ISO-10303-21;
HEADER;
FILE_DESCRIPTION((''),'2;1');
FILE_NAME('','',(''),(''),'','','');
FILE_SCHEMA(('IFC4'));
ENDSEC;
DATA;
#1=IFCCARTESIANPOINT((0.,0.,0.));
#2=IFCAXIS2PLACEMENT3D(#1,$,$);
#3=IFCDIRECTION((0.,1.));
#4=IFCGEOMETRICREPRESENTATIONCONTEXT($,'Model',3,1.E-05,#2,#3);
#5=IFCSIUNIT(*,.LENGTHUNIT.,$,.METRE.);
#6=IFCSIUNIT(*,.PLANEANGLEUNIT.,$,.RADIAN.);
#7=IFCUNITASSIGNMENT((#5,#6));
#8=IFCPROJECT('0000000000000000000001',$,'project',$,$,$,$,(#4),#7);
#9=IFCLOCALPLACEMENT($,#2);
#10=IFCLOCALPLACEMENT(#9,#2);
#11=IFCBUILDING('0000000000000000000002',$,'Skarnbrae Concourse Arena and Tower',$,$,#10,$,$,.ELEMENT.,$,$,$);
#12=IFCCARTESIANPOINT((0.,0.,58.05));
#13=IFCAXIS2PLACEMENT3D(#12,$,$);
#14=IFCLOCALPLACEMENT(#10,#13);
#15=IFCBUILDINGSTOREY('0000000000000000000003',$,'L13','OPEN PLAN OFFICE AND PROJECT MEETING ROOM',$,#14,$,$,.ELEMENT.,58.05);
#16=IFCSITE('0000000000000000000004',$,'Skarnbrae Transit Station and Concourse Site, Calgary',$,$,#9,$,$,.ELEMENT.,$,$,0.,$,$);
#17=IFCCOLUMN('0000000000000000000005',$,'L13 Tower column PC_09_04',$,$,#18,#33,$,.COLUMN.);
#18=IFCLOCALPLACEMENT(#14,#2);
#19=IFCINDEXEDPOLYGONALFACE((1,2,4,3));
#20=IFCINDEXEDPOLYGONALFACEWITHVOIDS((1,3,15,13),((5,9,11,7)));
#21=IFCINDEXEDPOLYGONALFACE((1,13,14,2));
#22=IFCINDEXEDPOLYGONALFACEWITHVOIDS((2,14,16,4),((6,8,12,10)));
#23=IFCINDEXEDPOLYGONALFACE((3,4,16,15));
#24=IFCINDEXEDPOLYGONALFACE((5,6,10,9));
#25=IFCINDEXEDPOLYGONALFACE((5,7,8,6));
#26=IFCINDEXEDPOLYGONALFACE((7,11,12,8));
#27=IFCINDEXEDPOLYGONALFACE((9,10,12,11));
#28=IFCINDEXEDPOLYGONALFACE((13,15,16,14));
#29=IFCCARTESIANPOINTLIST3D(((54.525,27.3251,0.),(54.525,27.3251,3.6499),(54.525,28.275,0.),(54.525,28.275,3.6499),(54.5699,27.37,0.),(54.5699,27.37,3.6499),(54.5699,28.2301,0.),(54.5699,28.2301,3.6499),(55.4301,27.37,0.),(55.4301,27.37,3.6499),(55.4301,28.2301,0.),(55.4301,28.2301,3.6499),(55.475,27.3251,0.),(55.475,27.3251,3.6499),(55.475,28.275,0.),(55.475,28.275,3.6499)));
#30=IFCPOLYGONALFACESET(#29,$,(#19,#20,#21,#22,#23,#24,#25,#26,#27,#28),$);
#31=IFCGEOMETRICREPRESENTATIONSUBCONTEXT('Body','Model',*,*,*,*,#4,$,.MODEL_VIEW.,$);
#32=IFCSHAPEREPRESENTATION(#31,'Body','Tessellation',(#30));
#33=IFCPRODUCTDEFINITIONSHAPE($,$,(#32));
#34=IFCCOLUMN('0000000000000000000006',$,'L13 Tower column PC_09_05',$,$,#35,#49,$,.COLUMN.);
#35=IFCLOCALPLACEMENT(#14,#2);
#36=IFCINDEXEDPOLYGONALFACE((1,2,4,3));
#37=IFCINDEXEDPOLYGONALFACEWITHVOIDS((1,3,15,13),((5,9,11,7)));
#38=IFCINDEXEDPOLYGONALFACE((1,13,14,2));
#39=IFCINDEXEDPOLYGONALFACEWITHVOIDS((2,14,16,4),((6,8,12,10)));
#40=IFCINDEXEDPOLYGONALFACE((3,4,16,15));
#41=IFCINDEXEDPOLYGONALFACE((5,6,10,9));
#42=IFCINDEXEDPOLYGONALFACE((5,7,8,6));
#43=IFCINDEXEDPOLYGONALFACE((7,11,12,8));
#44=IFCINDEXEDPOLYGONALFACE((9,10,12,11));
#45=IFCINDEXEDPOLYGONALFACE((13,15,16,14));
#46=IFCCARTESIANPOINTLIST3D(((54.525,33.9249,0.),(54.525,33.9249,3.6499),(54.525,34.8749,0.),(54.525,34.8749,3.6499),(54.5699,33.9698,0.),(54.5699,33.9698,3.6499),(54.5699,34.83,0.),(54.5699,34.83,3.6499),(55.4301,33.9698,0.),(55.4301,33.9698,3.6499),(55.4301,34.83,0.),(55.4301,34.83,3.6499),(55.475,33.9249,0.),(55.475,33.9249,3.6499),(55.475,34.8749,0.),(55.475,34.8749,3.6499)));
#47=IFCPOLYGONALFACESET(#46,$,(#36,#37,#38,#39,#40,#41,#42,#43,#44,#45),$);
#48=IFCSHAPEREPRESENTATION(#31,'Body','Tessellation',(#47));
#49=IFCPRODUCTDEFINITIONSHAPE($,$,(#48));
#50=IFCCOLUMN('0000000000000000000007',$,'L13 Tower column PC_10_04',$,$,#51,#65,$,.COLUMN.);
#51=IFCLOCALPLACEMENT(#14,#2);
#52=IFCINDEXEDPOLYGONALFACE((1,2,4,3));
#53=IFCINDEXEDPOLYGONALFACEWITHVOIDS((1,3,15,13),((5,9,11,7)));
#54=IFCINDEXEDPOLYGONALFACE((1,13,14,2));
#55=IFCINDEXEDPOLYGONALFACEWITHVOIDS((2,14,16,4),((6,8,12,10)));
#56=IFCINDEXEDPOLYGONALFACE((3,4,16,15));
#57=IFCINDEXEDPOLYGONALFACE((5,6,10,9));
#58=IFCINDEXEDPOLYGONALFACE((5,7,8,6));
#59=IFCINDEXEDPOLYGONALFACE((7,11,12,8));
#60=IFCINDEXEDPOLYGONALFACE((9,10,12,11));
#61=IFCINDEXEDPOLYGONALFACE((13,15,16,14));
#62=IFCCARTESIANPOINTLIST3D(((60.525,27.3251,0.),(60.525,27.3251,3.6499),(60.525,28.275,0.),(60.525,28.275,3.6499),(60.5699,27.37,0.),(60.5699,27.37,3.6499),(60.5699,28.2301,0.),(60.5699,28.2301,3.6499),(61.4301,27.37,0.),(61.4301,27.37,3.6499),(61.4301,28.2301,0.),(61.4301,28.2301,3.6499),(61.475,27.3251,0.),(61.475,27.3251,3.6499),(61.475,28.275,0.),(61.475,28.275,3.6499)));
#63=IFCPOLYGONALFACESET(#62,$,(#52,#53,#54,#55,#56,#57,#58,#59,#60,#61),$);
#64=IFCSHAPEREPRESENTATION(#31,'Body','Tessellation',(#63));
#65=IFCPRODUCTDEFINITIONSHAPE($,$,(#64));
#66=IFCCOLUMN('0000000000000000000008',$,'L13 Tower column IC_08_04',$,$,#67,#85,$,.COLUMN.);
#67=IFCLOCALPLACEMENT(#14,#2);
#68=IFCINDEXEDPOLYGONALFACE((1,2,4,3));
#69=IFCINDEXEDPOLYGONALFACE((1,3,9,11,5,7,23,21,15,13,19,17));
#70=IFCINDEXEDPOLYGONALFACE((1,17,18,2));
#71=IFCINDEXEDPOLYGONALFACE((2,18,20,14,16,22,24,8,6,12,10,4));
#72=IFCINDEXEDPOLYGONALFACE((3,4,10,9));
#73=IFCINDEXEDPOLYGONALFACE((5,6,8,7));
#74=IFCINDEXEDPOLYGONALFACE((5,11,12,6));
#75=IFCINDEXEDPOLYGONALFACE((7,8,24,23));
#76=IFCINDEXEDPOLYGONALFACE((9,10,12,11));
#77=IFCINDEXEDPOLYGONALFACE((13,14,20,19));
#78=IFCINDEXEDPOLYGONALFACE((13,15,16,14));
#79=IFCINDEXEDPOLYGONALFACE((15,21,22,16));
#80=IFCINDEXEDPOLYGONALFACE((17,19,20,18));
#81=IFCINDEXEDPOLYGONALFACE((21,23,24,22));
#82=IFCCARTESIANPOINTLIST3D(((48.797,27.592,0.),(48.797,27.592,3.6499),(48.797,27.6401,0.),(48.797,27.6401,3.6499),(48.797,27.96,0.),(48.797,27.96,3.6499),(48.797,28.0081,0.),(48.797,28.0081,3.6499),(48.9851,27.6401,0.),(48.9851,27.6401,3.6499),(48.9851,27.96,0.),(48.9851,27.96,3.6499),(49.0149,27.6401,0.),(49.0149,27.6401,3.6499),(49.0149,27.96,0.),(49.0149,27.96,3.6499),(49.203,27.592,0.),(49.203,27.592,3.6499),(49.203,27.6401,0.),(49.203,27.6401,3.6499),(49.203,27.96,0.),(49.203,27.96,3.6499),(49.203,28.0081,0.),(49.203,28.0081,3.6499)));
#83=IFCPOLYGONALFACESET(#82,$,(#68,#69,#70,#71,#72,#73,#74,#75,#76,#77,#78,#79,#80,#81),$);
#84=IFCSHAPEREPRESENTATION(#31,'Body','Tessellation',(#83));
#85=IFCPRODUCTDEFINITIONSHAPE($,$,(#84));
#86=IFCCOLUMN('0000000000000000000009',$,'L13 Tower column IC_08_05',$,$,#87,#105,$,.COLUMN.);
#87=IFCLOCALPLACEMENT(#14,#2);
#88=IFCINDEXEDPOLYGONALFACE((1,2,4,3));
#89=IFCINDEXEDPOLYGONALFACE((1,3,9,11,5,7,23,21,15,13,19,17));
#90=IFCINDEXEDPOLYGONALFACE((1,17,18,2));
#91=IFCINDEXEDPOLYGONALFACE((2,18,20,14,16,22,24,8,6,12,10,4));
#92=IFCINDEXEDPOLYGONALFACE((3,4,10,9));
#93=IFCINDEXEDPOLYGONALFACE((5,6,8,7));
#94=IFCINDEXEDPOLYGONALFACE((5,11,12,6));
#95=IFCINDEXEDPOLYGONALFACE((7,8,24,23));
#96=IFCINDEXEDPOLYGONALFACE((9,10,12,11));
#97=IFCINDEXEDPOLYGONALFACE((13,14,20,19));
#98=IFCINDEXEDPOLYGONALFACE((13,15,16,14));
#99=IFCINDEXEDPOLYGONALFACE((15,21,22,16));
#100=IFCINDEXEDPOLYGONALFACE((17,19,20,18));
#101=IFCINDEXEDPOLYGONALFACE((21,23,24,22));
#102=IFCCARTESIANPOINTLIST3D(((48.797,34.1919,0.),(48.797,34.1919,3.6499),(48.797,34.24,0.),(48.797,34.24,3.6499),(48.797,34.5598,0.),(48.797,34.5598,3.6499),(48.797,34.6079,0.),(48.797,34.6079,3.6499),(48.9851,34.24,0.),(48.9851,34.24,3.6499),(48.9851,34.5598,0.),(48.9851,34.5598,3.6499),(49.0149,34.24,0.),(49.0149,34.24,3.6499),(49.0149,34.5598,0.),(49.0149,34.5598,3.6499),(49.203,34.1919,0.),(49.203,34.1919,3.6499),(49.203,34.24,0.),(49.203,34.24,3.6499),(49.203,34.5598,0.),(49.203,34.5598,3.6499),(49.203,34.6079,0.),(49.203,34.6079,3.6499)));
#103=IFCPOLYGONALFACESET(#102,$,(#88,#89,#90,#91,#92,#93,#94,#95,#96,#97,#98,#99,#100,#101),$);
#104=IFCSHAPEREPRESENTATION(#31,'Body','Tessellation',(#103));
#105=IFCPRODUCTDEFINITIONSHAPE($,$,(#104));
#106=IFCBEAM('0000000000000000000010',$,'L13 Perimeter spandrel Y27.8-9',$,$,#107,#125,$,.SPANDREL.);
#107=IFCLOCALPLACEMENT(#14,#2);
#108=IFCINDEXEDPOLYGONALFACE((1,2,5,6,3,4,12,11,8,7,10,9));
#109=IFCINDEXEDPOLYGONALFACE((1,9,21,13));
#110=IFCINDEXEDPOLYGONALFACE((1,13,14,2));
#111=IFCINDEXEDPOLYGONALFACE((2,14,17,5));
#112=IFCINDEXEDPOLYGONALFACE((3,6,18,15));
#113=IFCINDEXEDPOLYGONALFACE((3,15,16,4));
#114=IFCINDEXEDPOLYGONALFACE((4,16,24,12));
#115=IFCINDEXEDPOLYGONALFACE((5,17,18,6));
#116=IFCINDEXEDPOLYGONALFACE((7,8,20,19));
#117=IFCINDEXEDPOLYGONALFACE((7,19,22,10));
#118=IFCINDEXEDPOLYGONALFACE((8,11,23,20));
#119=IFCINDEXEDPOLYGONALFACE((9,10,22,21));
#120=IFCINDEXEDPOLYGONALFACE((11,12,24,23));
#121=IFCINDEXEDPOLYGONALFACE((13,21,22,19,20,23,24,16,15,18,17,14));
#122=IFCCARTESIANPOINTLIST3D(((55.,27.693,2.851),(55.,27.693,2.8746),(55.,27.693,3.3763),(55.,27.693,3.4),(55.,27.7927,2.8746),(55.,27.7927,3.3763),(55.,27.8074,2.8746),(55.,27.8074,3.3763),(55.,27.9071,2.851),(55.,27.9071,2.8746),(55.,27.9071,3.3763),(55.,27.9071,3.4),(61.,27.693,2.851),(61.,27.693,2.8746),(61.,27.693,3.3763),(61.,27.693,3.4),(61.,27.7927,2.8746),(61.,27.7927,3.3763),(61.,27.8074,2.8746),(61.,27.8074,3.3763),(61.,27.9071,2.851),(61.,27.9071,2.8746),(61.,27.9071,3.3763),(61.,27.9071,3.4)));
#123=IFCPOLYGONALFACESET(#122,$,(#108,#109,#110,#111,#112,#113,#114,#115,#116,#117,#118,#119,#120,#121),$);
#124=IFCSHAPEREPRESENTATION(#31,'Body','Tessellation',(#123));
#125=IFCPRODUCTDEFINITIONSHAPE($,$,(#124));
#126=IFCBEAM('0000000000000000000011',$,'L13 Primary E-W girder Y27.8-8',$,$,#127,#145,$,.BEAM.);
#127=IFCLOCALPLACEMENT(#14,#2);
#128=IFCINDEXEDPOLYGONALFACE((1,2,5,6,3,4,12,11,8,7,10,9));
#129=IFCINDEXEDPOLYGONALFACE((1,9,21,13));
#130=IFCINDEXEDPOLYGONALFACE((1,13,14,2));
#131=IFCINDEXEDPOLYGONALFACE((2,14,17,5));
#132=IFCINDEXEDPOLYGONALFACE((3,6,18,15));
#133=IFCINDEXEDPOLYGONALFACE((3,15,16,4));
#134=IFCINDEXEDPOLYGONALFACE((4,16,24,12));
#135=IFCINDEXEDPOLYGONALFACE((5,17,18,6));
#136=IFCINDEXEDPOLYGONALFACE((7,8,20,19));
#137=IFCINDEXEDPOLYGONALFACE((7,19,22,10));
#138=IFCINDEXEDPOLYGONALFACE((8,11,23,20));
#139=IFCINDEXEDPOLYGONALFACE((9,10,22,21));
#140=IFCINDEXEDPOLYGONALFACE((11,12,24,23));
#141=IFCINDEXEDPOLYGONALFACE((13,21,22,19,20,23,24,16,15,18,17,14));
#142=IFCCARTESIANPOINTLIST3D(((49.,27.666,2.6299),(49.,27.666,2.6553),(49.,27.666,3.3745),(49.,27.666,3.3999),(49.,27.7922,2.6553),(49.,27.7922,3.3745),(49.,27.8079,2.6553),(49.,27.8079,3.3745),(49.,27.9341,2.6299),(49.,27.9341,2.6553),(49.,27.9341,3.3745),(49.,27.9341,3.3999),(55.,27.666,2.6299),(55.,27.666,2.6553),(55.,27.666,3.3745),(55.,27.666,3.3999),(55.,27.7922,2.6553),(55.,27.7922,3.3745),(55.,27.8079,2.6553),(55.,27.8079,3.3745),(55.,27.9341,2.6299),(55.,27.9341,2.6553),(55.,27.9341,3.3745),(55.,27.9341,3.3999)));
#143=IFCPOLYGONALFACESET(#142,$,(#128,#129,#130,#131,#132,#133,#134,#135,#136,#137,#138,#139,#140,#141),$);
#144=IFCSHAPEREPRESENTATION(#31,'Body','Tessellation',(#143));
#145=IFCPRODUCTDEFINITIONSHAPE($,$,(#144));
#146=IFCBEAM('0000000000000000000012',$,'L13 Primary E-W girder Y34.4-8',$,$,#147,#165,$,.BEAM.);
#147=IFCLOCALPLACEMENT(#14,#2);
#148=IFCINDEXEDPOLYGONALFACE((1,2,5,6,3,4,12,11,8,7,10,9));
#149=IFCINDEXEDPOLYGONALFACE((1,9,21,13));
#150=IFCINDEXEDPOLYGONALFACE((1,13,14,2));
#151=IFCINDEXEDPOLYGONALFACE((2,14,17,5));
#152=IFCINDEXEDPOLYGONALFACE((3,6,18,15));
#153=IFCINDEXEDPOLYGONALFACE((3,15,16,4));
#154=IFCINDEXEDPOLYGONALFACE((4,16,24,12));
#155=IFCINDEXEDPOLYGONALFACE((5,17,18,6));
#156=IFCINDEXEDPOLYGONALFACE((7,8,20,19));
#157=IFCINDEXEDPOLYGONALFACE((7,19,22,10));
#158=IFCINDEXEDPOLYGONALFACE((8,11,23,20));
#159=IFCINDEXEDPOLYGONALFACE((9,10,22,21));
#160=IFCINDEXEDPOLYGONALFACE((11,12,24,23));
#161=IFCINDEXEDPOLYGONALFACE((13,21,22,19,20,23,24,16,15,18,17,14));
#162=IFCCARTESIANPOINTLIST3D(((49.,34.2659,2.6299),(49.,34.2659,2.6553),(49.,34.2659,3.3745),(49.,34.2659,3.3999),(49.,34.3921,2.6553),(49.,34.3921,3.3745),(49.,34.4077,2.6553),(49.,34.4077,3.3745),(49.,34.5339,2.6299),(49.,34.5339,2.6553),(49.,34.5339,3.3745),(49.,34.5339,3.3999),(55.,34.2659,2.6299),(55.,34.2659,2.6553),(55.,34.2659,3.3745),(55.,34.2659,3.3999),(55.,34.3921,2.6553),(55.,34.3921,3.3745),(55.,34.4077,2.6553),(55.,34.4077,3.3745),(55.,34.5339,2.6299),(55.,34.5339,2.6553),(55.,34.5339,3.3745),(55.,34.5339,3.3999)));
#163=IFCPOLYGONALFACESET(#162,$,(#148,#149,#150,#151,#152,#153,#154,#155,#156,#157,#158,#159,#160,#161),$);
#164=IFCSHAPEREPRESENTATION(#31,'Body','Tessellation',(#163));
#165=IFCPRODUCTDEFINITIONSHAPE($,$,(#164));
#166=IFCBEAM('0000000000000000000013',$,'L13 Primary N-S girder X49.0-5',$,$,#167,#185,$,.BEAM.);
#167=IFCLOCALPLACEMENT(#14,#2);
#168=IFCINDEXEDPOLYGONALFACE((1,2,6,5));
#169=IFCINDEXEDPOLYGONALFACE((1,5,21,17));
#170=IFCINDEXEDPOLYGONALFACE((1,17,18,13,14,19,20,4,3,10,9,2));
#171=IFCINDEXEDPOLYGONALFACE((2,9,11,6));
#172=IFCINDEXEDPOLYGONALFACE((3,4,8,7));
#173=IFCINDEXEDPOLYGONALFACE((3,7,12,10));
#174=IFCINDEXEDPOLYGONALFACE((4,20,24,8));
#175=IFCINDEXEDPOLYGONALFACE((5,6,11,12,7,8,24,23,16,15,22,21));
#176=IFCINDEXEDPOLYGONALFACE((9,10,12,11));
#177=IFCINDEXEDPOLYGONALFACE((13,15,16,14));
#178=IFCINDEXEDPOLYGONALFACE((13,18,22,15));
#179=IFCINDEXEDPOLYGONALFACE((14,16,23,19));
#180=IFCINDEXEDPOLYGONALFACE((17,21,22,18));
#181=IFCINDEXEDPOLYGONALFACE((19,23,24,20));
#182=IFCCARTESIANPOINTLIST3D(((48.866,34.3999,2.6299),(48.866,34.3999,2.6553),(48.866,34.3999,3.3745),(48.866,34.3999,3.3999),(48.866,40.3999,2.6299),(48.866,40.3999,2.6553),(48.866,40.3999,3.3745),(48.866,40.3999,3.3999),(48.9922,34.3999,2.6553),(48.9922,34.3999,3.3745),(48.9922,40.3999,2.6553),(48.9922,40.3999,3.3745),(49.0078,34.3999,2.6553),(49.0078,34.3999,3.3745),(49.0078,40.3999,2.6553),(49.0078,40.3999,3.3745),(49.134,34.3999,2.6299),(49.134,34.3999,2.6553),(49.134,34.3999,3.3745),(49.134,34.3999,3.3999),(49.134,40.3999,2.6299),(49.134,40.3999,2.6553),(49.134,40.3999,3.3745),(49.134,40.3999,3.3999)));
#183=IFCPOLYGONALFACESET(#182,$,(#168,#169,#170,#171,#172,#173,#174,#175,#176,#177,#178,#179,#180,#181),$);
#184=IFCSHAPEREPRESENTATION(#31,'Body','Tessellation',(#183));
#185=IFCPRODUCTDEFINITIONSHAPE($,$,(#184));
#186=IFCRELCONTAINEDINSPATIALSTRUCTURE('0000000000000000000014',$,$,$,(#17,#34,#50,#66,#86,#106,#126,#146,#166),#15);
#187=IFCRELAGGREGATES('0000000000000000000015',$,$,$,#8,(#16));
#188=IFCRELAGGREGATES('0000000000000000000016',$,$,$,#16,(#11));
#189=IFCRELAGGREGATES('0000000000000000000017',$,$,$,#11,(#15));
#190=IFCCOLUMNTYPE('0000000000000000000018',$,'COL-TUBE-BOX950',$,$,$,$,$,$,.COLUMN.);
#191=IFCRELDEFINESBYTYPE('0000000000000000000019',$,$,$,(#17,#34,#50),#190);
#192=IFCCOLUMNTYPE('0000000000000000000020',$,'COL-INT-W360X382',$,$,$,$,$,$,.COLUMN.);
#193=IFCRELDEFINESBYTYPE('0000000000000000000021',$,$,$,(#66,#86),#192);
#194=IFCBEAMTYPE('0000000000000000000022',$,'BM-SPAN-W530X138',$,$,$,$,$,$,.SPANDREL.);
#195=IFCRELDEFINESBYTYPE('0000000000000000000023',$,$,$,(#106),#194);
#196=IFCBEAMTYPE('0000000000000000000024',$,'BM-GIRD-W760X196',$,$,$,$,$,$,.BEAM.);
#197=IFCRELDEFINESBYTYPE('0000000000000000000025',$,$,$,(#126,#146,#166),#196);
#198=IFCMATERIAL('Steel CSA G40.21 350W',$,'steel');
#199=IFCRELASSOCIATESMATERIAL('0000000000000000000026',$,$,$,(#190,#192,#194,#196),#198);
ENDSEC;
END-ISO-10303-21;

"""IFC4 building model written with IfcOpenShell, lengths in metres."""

from ifc_helpers import new_model, si_unit, direction, frame, origin, origin_2d, place, context, subcontext, project, spatial, hollow_rectangle, i_section, extrude, source, transform, mapped, material, material_profile, profile_set, type_object, element, save


model = new_model("IFC4")

# Units and contexts
model_context = context("Model", 3, precision=1e-05, world=origin(), true_north=direction((0.0, 1.0)))
body_context = subcontext(model_context, "Body", "Model", "MODEL_VIEW")
ifc_project = project(units=[si_unit("LENGTHUNIT", "METRE"), si_unit("PLANEANGLEUNIT", "RADIAN")], contexts=[model_context])

# Site, building, storey
site_placement = place(None, origin())
site = spatial("IfcSite", under=ifc_project, at=site_placement, Name="Skarnbrae Transit Station and Concourse Site, Calgary", CompositionType="ELEMENT", RefElevation=0.0)
building_placement = place(site_placement, origin())
building = spatial("IfcBuilding", under=site, at=building_placement, Name="Skarnbrae Concourse Arena and Tower", CompositionType="ELEMENT")
storey_placement = place(building_placement, frame((0.0, 0.0, 58.05)))
storey = spatial("IfcBuildingStorey", under=building, at=storey_placement, Name="L13", Description="OPEN PLAN OFFICE AND PROJECT MEETING ROOM", CompositionType="ELEMENT", Elevation=58.05)

# Columns
ifc_material_1 = material(Name="Steel CSA G40.21 350W", Category="steel")
ifc_material_profile_1 = material_profile(ifc_material_1, hollow_rectangle(XDim=0.95, YDim=0.95, WallThickness=0.0449, at=origin_2d()), Name="BOX950X950X45")
ifc_profile_set_1 = profile_set([ifc_material_profile_1], Name="Steel CSA G40.21 350W")
column_type_1 = type_object("IfcColumnType", Name="COL-TUBE-BOX950", PredefinedType="COLUMN", material=ifc_profile_set_1)
shared_shape_1 = source(origin(), body_context, "Body", "SweptSolid", [
    extrude(hollow_rectangle(XDim=0.95, YDim=0.95, WallThickness=0.0449, at=origin_2d()), origin(), (0.0, 0.0, 1.0), 3.6499),
])
for number, where, z_axis, x_axis, name in (
    (1, (55.0, 27.8, 0.0), (0.0, 0.0, 1.0), (1.0, 0.0, 0.0), "L13 Tower column PC_09_04"),
    (2, (55.0, 34.3999, 0.0), (0.0, 0.0, 1.0), (1.0, 0.0, 0.0), "L13 Tower column PC_09_05"),
    (3, (61.0, 27.8, 0.0), (0.0, 0.0, 1.0), (1.0, 0.0, 0.0), "L13 Tower column PC_10_04"),
):
    element("IfcColumn", number, at=place(storey_placement, frame(where, z_axis=z_axis, x_axis=x_axis)), inside=storey, type_object=column_type_1, Name=name, PredefinedType="COLUMN", context=body_context, shape_type="MappedRepresentation", body=[
        mapped(shared_shape_1, transform((0.0, 0.0, 0.0))),
    ])
ifc_material_profile_2 = material_profile(ifc_material_1, i_section(OverallWidth=0.406, OverallDepth=0.416, WebThickness=0.0298, FlangeThickness=0.0481, at=origin_2d()), Name="W360X382")
ifc_profile_set_2 = profile_set([ifc_material_profile_2], Name="Steel CSA G40.21 350W")
column_type_2 = type_object("IfcColumnType", Name="COL-INT-W360X382", PredefinedType="COLUMN", material=ifc_profile_set_2)
shared_shape_2 = source(origin(), body_context, "Body", "SweptSolid", [
    extrude(i_section(OverallWidth=0.406, OverallDepth=0.416, WebThickness=0.0298, FlangeThickness=0.0481, at=origin_2d()), origin(), (0.0, 0.0, 1.0), 3.6499),
])
for number, where, z_axis, x_axis, name in (
    (4, (49.0, 27.8, 0.0), (0.0, 0.0, 1.0), (1.0, 0.0, 0.0), "L13 Tower column IC_08_04"),
    (5, (49.0, 34.3999, 0.0), (0.0, 0.0, 1.0), (1.0, 0.0, 0.0), "L13 Tower column IC_08_05"),
):
    element("IfcColumn", number, at=place(storey_placement, frame(where, z_axis=z_axis, x_axis=x_axis)), inside=storey, type_object=column_type_2, Name=name, PredefinedType="COLUMN", context=body_context, shape_type="MappedRepresentation", body=[
        mapped(shared_shape_2, transform((0.0, 0.0, 0.0))),
    ])

# Beams
ifc_material_profile_3 = material_profile(ifc_material_1, i_section(OverallWidth=0.2141, OverallDepth=0.5491, WebThickness=0.0146, FlangeThickness=0.0237, at=origin_2d()), Name="W530X138")
ifc_profile_set_3 = profile_set([ifc_material_profile_3], Name="Steel CSA G40.21 350W")
beam_type_1 = type_object("IfcBeamType", Name="BM-SPAN-W530X138", PredefinedType="SPANDREL", material=ifc_profile_set_3)
shared_shape_3 = source(origin(), body_context, "Body", "SweptSolid", [
    extrude(i_section(OverallWidth=0.2141, OverallDepth=0.5491, WebThickness=0.0146, FlangeThickness=0.0237, at=origin_2d()), origin(), (0.0, 0.0, 1.0), 6.0),
])
beam_1_placement = place(storey_placement, frame((55.0, 27.8, 3.1255), z_axis=(1.0, 0.0, 0.0), x_axis=(0.0, 1.0, 0.0)))
element("IfcBeam", 6, at=beam_1_placement, inside=storey, type_object=beam_type_1, Name="L13 Perimeter spandrel Y27.8-9", PredefinedType="SPANDREL", context=body_context, shape_type="MappedRepresentation", body=[
    mapped(shared_shape_3, transform((0.0, 0.0, 0.0))),
])
ifc_material_profile_4 = material_profile(ifc_material_1, i_section(OverallWidth=0.2681, OverallDepth=0.77, WebThickness=0.0156, FlangeThickness=0.0254, at=origin_2d()), Name="W760X196")
ifc_profile_set_4 = profile_set([ifc_material_profile_4], Name="Steel CSA G40.21 350W")
beam_type_2 = type_object("IfcBeamType", Name="BM-GIRD-W760X196", PredefinedType="BEAM", material=ifc_profile_set_4)
shared_shape_4 = source(origin(), body_context, "Body", "SweptSolid", [
    extrude(i_section(OverallWidth=0.2681, OverallDepth=0.77, WebThickness=0.0156, FlangeThickness=0.0254, at=origin_2d()), origin(), (0.0, 0.0, 1.0), 6.0),
])
for number, where, z_axis, x_axis, name in (
    (7, (49.0, 27.8, 3.0149), (1.0, 0.0, 0.0), (0.0, 1.0, 0.0), "L13 Primary E-W girder Y27.8-8"),
    (8, (49.0, 34.3999, 3.0149), (1.0, 0.0, 0.0), (0.0, 1.0, 0.0), "L13 Primary E-W girder Y34.4-8"),
    (9, (49.0, 34.3999, 3.0149), (0.0, 1.0, 0.0), (-1.0, 0.0, 0.0), "L13 Primary N-S girder X49.0-5"),
):
    element("IfcBeam", number, at=place(storey_placement, frame(where, z_axis=z_axis, x_axis=x_axis)), inside=storey, type_object=beam_type_2, Name=name, PredefinedType="BEAM", context=body_context, shape_type="MappedRepresentation", body=[
        mapped(shared_shape_4, transform((0.0, 0.0, 0.0))),
    ])

save(model, "model.ifc")
